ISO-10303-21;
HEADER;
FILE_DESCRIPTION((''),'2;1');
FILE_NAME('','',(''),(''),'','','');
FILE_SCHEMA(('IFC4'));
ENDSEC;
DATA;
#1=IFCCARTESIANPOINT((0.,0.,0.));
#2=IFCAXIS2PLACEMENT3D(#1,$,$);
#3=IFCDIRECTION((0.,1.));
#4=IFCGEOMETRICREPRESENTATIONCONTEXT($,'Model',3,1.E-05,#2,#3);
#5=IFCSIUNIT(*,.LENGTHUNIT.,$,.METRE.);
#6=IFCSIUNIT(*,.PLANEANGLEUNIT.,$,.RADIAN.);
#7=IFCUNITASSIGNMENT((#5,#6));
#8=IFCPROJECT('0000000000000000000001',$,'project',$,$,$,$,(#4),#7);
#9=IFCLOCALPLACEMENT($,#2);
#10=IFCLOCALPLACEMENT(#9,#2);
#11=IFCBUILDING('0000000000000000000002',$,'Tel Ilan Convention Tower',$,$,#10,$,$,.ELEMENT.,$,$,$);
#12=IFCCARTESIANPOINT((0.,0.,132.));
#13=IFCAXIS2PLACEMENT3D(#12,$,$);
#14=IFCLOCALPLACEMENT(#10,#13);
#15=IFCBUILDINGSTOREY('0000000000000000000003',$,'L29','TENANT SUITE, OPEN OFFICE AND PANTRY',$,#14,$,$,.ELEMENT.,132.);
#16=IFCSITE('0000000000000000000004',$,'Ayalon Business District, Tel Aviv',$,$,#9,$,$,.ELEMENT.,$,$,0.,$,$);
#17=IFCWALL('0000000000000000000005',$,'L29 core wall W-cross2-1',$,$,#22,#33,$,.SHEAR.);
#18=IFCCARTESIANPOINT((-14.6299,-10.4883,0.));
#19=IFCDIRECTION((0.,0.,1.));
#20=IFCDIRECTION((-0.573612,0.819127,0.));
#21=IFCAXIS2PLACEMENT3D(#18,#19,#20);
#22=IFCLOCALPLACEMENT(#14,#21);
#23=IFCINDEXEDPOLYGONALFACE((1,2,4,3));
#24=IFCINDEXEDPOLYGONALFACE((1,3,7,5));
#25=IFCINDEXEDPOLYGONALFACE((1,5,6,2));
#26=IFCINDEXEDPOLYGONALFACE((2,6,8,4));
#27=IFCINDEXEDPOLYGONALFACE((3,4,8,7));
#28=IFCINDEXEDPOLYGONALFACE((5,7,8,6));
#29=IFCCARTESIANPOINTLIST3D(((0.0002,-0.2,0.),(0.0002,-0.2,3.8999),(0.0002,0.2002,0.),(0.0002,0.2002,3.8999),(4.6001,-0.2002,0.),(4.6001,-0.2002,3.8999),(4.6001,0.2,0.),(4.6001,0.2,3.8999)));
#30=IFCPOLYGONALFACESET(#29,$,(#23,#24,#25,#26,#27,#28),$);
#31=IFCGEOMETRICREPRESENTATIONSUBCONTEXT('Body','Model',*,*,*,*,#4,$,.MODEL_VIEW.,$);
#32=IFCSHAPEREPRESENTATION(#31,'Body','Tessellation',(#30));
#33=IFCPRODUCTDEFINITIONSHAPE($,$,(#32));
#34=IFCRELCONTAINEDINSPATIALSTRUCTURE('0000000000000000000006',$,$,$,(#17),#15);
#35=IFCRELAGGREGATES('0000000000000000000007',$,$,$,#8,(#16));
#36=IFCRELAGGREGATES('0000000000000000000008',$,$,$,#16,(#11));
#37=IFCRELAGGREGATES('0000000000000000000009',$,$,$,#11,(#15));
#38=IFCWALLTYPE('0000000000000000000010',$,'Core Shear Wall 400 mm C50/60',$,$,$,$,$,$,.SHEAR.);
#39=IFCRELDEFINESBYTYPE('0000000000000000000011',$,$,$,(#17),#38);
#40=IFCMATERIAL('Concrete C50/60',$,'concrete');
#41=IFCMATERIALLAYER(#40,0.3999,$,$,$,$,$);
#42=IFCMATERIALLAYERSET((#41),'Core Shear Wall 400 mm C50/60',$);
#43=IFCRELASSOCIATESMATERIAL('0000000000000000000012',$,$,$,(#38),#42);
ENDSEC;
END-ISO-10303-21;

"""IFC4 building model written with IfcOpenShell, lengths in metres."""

from ifc_helpers import new_model, si_unit, direction, frame, origin, place, context, subcontext, project, spatial, polyline, outline, extrude, material, layer, layer_set, type_object, element, save


model = new_model("IFC4")

# Units and contexts
model_context = context("Model", 3, precision=1e-05, world=origin(), true_north=direction((0.0, 1.0)))
body_context = subcontext(model_context, "Body", "Model", "MODEL_VIEW")
ifc_project = project(units=[si_unit("LENGTHUNIT", "METRE"), si_unit("PLANEANGLEUNIT", "RADIAN")], contexts=[model_context])

# Site, building, storey
site_placement = place(None, origin())
site = spatial("IfcSite", under=ifc_project, at=site_placement, Name="Ayalon Business District, Tel Aviv", CompositionType="ELEMENT", RefElevation=0.0)
building_placement = place(site_placement, origin())
building = spatial("IfcBuilding", under=site, at=building_placement, Name="Tel Ilan Convention Tower", CompositionType="ELEMENT")
storey_placement = place(building_placement, frame((0.0, 0.0, 132.0)))
storey = spatial("IfcBuildingStorey", under=building, at=storey_placement, Name="L29", Description="TENANT SUITE, OPEN OFFICE AND PANTRY", CompositionType="ELEMENT", Elevation=132.0)

# Wall
ifc_material_1 = material(Name="Concrete C50/60", Category="concrete")
ifc_layer_1 = layer(ifc_material_1, 0.3999)
ifc_layer_set_1 = layer_set([ifc_layer_1], Name="Core Shear Wall 400 mm C50/60")
wall_type_1 = type_object("IfcWallType", Name="Core Shear Wall 400 mm C50/60", PredefinedType="SHEAR", material=ifc_layer_set_1)
wall_1_placement = place(storey_placement, frame((-14.6299, -10.4883, 0.0), z_axis=(0.0, 0.0, 1.0), x_axis=(-0.573612, 0.819127, 0.0)))
element("IfcWall", 1, at=wall_1_placement, inside=storey, type_object=wall_type_1, Name="L29 core wall W-cross2-1", PredefinedType="SHEAR", context=body_context, shape_type="SweptSolid", body=[
    extrude(outline(polyline([(4.6001, 0.2), (0.0002, 0.2002), (0.0002, -0.2), (4.6001, -0.2002), (4.6001, 0.2)])), origin(), (0.0, 0.0, 1.0), 3.8999),
])

save(model, "model.ifc")
